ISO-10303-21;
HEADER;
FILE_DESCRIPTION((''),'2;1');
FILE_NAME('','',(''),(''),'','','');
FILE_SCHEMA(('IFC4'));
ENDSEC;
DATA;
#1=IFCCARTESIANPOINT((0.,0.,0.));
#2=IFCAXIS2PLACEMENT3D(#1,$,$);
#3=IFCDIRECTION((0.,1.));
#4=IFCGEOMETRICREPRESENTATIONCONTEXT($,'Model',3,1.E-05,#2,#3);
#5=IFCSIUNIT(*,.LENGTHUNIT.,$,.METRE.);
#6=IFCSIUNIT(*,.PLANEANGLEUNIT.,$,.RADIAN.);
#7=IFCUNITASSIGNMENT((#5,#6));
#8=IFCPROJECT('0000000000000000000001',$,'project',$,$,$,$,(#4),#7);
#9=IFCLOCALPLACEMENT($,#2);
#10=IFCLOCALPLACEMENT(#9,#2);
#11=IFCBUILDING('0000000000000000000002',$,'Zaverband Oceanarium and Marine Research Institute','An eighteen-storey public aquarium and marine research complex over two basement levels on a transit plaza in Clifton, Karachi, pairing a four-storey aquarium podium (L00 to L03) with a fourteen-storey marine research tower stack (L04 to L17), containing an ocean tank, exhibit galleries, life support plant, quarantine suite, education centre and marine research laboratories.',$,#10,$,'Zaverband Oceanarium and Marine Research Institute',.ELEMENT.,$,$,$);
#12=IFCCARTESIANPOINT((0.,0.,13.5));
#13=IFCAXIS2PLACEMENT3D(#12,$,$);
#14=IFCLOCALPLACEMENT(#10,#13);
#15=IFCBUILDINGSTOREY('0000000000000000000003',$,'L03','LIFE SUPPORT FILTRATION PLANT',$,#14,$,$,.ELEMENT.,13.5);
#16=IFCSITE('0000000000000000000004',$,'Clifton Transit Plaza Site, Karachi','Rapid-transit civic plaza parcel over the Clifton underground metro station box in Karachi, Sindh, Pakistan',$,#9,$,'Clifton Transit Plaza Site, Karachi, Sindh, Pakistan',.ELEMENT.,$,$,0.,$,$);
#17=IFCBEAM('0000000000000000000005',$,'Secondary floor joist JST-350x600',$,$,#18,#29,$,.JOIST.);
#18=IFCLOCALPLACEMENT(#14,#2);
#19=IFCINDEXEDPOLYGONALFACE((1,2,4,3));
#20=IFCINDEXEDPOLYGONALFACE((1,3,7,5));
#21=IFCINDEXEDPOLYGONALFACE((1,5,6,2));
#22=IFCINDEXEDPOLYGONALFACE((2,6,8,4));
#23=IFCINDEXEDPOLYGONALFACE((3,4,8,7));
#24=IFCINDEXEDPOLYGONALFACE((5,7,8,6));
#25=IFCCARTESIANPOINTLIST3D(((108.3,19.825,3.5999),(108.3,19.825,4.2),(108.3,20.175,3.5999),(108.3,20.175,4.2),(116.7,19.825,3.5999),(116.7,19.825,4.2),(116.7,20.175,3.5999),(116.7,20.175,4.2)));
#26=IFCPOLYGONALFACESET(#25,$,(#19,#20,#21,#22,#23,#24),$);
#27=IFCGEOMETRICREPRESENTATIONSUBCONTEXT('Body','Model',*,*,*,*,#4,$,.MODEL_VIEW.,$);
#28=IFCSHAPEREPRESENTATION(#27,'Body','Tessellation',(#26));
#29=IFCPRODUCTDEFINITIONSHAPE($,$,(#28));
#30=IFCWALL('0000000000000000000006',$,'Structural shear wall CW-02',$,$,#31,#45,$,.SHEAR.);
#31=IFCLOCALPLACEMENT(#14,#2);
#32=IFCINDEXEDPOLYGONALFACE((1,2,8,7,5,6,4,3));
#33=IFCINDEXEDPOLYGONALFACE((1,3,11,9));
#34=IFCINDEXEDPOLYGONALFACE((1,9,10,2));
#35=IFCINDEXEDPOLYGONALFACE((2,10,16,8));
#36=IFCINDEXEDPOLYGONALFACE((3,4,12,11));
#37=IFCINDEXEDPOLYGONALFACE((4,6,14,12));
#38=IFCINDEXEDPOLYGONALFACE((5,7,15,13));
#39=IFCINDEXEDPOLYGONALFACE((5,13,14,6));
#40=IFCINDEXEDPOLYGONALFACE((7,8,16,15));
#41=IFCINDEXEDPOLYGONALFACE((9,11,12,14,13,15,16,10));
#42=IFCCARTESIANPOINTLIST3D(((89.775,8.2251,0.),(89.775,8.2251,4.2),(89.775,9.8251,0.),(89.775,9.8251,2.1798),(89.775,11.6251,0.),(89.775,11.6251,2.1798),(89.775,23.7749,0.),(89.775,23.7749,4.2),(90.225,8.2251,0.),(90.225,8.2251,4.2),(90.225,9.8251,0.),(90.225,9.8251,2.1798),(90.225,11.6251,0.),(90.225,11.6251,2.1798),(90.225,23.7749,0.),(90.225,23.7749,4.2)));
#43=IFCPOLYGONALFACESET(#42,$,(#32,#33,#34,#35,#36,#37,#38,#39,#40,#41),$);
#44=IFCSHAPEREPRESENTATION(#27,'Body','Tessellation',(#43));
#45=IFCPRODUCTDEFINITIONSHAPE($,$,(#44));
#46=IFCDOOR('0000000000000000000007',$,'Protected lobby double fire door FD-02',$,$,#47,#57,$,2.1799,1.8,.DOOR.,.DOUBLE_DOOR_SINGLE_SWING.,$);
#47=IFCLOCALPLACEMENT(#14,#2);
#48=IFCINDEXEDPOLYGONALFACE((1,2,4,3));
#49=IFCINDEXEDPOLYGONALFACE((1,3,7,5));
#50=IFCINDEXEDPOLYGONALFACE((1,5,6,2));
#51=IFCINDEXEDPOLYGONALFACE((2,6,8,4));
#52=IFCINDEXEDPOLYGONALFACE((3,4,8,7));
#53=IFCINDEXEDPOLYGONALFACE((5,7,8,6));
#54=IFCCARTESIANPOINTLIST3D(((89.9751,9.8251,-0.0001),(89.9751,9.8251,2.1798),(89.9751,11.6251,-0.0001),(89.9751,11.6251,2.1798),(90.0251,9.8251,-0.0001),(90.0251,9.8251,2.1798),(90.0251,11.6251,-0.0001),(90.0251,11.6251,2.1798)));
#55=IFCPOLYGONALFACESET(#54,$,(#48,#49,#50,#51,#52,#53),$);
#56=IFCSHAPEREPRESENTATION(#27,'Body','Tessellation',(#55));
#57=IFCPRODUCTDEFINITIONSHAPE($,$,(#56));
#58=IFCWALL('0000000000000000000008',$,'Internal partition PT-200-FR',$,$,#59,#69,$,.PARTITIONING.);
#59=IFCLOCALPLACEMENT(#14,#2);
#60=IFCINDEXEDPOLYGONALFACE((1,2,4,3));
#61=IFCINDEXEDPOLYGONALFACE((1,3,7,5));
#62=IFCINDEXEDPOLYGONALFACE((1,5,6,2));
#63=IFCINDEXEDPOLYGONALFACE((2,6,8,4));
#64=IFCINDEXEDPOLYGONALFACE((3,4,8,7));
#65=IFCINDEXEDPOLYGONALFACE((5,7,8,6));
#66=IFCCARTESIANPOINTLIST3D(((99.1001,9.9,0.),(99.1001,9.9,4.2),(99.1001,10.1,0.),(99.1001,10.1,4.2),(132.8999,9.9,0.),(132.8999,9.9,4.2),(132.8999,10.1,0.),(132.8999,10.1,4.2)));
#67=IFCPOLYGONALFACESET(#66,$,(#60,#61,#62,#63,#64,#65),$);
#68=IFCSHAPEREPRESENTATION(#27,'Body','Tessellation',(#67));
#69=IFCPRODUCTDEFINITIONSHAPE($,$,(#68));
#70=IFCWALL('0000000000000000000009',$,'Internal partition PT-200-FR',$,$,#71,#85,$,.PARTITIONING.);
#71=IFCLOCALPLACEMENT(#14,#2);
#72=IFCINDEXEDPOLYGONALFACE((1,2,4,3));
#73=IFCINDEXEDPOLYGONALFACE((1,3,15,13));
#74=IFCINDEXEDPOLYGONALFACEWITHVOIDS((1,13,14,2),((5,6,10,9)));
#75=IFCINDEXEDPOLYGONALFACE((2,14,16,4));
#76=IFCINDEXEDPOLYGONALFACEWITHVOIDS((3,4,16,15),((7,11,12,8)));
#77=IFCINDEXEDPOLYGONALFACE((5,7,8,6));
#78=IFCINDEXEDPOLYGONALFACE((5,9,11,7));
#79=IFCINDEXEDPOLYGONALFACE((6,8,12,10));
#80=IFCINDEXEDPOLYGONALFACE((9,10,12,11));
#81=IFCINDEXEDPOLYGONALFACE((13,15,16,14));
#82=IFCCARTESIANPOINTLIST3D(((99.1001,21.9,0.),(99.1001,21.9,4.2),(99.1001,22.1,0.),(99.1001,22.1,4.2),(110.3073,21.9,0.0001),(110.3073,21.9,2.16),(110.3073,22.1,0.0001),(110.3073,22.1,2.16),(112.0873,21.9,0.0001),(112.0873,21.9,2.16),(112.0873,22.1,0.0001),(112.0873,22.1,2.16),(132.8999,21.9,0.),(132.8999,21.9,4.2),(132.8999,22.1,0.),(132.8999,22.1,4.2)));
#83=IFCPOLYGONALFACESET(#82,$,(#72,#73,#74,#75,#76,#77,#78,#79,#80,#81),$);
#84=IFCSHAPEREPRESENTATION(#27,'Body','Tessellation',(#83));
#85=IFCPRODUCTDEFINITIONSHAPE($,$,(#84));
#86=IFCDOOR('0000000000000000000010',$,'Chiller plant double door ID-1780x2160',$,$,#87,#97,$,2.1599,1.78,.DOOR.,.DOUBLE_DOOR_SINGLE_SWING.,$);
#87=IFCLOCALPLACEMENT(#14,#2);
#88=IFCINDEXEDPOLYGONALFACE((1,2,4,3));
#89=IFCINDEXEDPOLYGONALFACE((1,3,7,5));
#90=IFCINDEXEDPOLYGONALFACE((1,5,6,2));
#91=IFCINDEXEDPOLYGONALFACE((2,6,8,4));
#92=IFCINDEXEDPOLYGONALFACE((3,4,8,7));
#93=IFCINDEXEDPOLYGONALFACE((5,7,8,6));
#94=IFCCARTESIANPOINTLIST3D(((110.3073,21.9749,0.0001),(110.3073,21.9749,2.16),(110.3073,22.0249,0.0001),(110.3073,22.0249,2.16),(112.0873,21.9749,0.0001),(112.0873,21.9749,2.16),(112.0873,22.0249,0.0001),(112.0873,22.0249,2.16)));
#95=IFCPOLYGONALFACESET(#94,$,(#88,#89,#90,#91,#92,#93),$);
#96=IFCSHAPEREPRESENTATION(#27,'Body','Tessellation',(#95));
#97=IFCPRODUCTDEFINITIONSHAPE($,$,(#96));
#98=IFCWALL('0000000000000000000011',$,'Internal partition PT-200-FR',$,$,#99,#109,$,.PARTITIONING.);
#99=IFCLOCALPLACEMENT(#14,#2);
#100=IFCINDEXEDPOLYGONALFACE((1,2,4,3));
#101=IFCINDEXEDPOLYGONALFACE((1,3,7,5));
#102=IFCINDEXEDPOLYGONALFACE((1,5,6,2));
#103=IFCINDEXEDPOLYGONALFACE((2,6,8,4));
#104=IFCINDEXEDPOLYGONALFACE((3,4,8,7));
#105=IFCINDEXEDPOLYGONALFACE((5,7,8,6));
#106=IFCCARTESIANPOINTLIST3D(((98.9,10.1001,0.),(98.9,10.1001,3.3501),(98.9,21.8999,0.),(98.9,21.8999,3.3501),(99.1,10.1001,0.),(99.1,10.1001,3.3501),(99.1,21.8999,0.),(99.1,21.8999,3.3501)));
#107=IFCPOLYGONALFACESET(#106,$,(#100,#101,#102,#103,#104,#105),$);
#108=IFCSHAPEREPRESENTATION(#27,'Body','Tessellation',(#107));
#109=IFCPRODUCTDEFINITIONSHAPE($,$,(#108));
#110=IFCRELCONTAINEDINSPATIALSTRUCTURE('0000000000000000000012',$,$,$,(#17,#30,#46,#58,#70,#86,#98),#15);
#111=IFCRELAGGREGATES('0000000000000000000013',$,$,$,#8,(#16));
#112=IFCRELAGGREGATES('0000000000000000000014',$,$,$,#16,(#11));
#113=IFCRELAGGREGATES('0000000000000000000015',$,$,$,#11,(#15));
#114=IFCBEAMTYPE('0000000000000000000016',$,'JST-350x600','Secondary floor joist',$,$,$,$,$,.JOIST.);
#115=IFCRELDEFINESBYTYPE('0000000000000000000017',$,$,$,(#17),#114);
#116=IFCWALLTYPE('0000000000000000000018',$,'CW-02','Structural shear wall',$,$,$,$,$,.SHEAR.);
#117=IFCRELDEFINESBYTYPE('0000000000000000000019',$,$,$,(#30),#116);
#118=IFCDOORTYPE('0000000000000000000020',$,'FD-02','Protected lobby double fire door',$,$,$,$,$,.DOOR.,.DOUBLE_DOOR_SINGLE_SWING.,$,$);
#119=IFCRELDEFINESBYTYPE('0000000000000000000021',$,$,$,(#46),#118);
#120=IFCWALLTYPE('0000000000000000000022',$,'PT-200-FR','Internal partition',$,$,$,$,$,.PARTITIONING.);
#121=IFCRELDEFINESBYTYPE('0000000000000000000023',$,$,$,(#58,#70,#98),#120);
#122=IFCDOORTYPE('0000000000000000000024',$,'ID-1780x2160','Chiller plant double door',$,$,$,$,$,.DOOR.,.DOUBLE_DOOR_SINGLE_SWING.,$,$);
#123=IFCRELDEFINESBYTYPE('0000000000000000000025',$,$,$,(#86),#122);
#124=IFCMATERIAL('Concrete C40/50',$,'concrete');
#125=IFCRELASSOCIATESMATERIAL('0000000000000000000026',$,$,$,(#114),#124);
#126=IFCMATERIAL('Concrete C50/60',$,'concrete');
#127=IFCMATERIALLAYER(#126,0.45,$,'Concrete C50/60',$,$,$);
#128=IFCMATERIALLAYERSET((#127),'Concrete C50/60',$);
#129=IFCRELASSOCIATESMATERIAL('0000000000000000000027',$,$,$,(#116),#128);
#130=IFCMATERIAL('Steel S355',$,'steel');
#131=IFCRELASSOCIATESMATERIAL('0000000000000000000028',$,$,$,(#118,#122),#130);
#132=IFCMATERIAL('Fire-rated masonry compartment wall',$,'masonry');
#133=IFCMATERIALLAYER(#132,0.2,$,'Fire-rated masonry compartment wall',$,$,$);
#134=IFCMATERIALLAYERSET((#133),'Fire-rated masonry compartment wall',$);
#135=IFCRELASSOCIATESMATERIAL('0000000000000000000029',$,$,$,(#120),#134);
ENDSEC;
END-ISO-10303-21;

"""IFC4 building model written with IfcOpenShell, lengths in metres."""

from ifc_helpers import new_model, si_unit, direction, frame, frame_2d, origin, origin_2d, place, context, subcontext, project, spatial, rectangle, extrude, material, layer, layer_set, material_profile, profile_set, type_object, element, fill, save


model = new_model("IFC4")

# Units and contexts
model_context = context("Model", 3, precision=1e-05, world=origin(), true_north=direction((0.0, 1.0)))
body_context = subcontext(model_context, "Body", "Model", "MODEL_VIEW")
ifc_project = project(units=[si_unit("LENGTHUNIT", "METRE"), si_unit("PLANEANGLEUNIT", "RADIAN")], contexts=[model_context])

# Site, building, storey
site_placement = place(None, origin())
site = spatial("IfcSite", under=ifc_project, at=site_placement, Name="Clifton Transit Plaza Site, Karachi", Description="Rapid-transit civic plaza parcel over the Clifton underground metro station box in Karachi, Sindh, Pakistan", LongName="Clifton Transit Plaza Site, Karachi, Sindh, Pakistan", CompositionType="ELEMENT", RefElevation=0.0)
building_placement = place(site_placement, origin())
building = spatial("IfcBuilding", under=site, at=building_placement, Name="Zaverband Oceanarium and Marine Research Institute", Description="An eighteen-storey public aquarium and marine research complex over two basement levels on a transit plaza in Clifton, Karachi, pairing a four-storey aquarium podium (L00 to L03) with a fourteen-storey marine research tower stack (L04 to L17), containing an ocean tank, exhibit galleries, life support plant, quarantine suite, education centre and marine research laboratories.", LongName="Zaverband Oceanarium and Marine Research Institute", CompositionType="ELEMENT")
storey_placement = place(building_placement, frame((0.0, 0.0, 13.5)))
storey = spatial("IfcBuildingStorey", under=building, at=storey_placement, Name="L03", Description="LIFE SUPPORT FILTRATION PLANT", CompositionType="ELEMENT", Elevation=13.5)

# Shared definitions
ifc_material_1 = material(Name="Concrete C50/60", Category="concrete")

# Beam
ifc_material_2 = material(Name="Concrete C40/50", Category="concrete")
ifc_material_profile_1 = material_profile(ifc_material_2, rectangle(XDim=0.3501, YDim=0.6001, at=origin_2d()), Name="RC350x600")
ifc_profile_set_1 = profile_set([ifc_material_profile_1], Name="Concrete C40/50")
beam_type_1 = type_object("IfcBeamType", Name="JST-350x600", Description="Secondary floor joist", PredefinedType="JOIST", material=ifc_profile_set_1)
for number, where, z_axis, x_axis, name in (
    (1, (108.3, 20.0, 3.8999), (1.0, 0.0, 0.0), (0.0, 1.0, 0.0), "Secondary floor joist JST-350x600"),
):
    element("IfcBeam", number, at=place(storey_placement, frame(where, z_axis=z_axis, x_axis=x_axis)), inside=storey, type_object=beam_type_1, Name=name, PredefinedType="JOIST", context=body_context, shape_type="SweptSolid", body=[
        extrude(rectangle(XDim=0.3501, YDim=0.6001, at=origin_2d()), origin(), (0.0, 0.0, 1.0), 8.3999),
    ])

# Wall, opening, door
ifc_layer_1 = layer(ifc_material_1, 0.45, Name="Concrete C50/60")
ifc_layer_set_1 = layer_set([ifc_layer_1], Name="Concrete C50/60")
wall_type_1 = type_object("IfcWallType", Name="CW-02", Description="Structural shear wall", PredefinedType="SHEAR", material=ifc_layer_set_1)
wall_1_placement = place(storey_placement, frame((90.0, 8.2251, 0.0), z_axis=(0.0, 0.0, 1.0), x_axis=(0.0, 1.0, 0.0)))
wall_1 = element("IfcWall", 2, at=wall_1_placement, inside=storey, type_object=wall_type_1, Name="Structural shear wall CW-02", PredefinedType="SHEAR", context=body_context, shape_type="SweptSolid", body=[
    extrude(rectangle(XDim=15.5498, YDim=0.45, at=frame_2d((7.7749, 0.0))), origin(), (0.0, 0.0, 1.0), 4.2),
])
opening_1_placement = place(wall_1_placement, frame((1.6001, 0.0, 0.0)))
opening_1 = element("IfcOpeningElement", 3, at=opening_1_placement, cuts=wall_1, PredefinedType="OPENING", context=body_context, shape_type="SweptSolid", body=[
    extrude(rectangle(XDim=1.8, YDim=2.1799, at=frame_2d((0.8999, 1.0898))), frame((0.0, 0.2368, 0.0), z_axis=(0.0, -1.0, 0.0), x_axis=(1.0, 0.0, 0.0)), (0.0, 0.0, 1.0), 0.4739),
])
ifc_material_3 = material(Name="Steel S355", Category="steel")
door_type_1 = type_object("IfcDoorType", Name="FD-02", Description="Protected lobby double fire door", OperationType="DOUBLE_DOOR_SINGLE_SWING", PredefinedType="DOOR", material=ifc_material_3)
door_1_placement = place(opening_1_placement, origin())
door_1 = element("IfcDoor", 4, at=door_1_placement, inside=storey, type_object=door_type_1, Name="Protected lobby double fire door FD-02", OperationType="DOUBLE_DOOR_SINGLE_SWING", OverallHeight=2.1799, OverallWidth=1.8, PredefinedType="DOOR", context=body_context, shape_type="SweptSolid", body=[
    extrude(rectangle(XDim=1.8, YDim=2.1799, at=frame_2d((0.8999, 1.0898))), frame((0.0, 0.0249, 0.0), z_axis=(0.0, -1.0, 0.0), x_axis=(1.0, 0.0, 0.0)), (0.0, 0.0, 1.0), 0.05),
])
fill(opening_1, door_1)

# Wall
ifc_material_4 = material(Name="Fire-rated masonry compartment wall", Category="masonry")
ifc_layer_2 = layer(ifc_material_4, 0.2, Name="Fire-rated masonry compartment wall")
ifc_layer_set_2 = layer_set([ifc_layer_2], Name="Fire-rated masonry compartment wall")
wall_type_2 = type_object("IfcWallType", Name="PT-200-FR", Description="Internal partition", PredefinedType="PARTITIONING", material=ifc_layer_set_2)
wall_2_placement = place(storey_placement, frame((99.1001, 10.0, 0.0), z_axis=(0.0, 0.0, 1.0), x_axis=(1.0, 0.0, 0.0)))
element("IfcWall", 5, at=wall_2_placement, inside=storey, type_object=wall_type_2, Name="Internal partition PT-200-FR", PredefinedType="PARTITIONING", context=body_context, shape_type="SweptSolid", body=[
    extrude(rectangle(XDim=33.7998, YDim=0.2, at=frame_2d((16.8999, 0.0))), origin(), (0.0, 0.0, 1.0), 4.2),
])

# Wall, opening, door
wall_3_placement = place(storey_placement, frame((99.1001, 22.0, 0.0), z_axis=(0.0, 0.0, 1.0), x_axis=(1.0, 0.0, 0.0)))
wall_3 = element("IfcWall", 6, at=wall_3_placement, inside=storey, type_object=wall_type_2, Name="Internal partition PT-200-FR", PredefinedType="PARTITIONING", context=body_context, shape_type="SweptSolid", body=[
    extrude(rectangle(XDim=33.7998, YDim=0.2, at=frame_2d((16.8999, 0.0))), origin(), (0.0, 0.0, 1.0), 4.2),
])
opening_2_placement = place(wall_3_placement, frame((11.207, 0.0, 0.0)))
opening_2 = element("IfcOpeningElement", 7, at=opening_2_placement, cuts=wall_3, PredefinedType="OPENING", context=body_context, shape_type="SweptSolid", body=[
    extrude(rectangle(XDim=1.78, YDim=2.1599, at=frame_2d((0.8901, 1.0801))), frame((0.0, 0.1118, 0.0), z_axis=(0.0, -1.0, 0.0), x_axis=(1.0, 0.0, 0.0)), (0.0, 0.0, 1.0), 0.2239),
])
door_type_2 = type_object("IfcDoorType", Name="ID-1780x2160", Description="Chiller plant double door", OperationType="DOUBLE_DOOR_SINGLE_SWING", PredefinedType="DOOR", material=ifc_material_3)
door_2_placement = place(opening_2_placement, origin())
door_2 = element("IfcDoor", 8, at=door_2_placement, inside=storey, type_object=door_type_2, Name="Chiller plant double door ID-1780x2160", OperationType="DOUBLE_DOOR_SINGLE_SWING", OverallHeight=2.1599, OverallWidth=1.78, PredefinedType="DOOR", context=body_context, shape_type="SweptSolid", body=[
    extrude(rectangle(XDim=1.78, YDim=2.1599, at=frame_2d((0.8901, 1.0801))), frame((0.0, 0.0249, 0.0), z_axis=(0.0, -1.0, 0.0), x_axis=(1.0, 0.0, 0.0)), (0.0, 0.0, 1.0), 0.05),
])
fill(opening_2, door_2)

# Wall
wall_4_placement = place(storey_placement, frame((99.0, 10.1001, 0.0), z_axis=(0.0, 0.0, 1.0), x_axis=(0.0, 1.0, 0.0)))
element("IfcWall", 9, at=wall_4_placement, inside=storey, type_object=wall_type_2, Name="Internal partition PT-200-FR", PredefinedType="PARTITIONING", context=body_context, shape_type="SweptSolid", body=[
    extrude(rectangle(XDim=11.7998, YDim=0.2, at=frame_2d((5.8999, 0.0))), origin(), (0.0, 0.0, 1.0), 3.3501),
])

save(model, "model.ifc")
